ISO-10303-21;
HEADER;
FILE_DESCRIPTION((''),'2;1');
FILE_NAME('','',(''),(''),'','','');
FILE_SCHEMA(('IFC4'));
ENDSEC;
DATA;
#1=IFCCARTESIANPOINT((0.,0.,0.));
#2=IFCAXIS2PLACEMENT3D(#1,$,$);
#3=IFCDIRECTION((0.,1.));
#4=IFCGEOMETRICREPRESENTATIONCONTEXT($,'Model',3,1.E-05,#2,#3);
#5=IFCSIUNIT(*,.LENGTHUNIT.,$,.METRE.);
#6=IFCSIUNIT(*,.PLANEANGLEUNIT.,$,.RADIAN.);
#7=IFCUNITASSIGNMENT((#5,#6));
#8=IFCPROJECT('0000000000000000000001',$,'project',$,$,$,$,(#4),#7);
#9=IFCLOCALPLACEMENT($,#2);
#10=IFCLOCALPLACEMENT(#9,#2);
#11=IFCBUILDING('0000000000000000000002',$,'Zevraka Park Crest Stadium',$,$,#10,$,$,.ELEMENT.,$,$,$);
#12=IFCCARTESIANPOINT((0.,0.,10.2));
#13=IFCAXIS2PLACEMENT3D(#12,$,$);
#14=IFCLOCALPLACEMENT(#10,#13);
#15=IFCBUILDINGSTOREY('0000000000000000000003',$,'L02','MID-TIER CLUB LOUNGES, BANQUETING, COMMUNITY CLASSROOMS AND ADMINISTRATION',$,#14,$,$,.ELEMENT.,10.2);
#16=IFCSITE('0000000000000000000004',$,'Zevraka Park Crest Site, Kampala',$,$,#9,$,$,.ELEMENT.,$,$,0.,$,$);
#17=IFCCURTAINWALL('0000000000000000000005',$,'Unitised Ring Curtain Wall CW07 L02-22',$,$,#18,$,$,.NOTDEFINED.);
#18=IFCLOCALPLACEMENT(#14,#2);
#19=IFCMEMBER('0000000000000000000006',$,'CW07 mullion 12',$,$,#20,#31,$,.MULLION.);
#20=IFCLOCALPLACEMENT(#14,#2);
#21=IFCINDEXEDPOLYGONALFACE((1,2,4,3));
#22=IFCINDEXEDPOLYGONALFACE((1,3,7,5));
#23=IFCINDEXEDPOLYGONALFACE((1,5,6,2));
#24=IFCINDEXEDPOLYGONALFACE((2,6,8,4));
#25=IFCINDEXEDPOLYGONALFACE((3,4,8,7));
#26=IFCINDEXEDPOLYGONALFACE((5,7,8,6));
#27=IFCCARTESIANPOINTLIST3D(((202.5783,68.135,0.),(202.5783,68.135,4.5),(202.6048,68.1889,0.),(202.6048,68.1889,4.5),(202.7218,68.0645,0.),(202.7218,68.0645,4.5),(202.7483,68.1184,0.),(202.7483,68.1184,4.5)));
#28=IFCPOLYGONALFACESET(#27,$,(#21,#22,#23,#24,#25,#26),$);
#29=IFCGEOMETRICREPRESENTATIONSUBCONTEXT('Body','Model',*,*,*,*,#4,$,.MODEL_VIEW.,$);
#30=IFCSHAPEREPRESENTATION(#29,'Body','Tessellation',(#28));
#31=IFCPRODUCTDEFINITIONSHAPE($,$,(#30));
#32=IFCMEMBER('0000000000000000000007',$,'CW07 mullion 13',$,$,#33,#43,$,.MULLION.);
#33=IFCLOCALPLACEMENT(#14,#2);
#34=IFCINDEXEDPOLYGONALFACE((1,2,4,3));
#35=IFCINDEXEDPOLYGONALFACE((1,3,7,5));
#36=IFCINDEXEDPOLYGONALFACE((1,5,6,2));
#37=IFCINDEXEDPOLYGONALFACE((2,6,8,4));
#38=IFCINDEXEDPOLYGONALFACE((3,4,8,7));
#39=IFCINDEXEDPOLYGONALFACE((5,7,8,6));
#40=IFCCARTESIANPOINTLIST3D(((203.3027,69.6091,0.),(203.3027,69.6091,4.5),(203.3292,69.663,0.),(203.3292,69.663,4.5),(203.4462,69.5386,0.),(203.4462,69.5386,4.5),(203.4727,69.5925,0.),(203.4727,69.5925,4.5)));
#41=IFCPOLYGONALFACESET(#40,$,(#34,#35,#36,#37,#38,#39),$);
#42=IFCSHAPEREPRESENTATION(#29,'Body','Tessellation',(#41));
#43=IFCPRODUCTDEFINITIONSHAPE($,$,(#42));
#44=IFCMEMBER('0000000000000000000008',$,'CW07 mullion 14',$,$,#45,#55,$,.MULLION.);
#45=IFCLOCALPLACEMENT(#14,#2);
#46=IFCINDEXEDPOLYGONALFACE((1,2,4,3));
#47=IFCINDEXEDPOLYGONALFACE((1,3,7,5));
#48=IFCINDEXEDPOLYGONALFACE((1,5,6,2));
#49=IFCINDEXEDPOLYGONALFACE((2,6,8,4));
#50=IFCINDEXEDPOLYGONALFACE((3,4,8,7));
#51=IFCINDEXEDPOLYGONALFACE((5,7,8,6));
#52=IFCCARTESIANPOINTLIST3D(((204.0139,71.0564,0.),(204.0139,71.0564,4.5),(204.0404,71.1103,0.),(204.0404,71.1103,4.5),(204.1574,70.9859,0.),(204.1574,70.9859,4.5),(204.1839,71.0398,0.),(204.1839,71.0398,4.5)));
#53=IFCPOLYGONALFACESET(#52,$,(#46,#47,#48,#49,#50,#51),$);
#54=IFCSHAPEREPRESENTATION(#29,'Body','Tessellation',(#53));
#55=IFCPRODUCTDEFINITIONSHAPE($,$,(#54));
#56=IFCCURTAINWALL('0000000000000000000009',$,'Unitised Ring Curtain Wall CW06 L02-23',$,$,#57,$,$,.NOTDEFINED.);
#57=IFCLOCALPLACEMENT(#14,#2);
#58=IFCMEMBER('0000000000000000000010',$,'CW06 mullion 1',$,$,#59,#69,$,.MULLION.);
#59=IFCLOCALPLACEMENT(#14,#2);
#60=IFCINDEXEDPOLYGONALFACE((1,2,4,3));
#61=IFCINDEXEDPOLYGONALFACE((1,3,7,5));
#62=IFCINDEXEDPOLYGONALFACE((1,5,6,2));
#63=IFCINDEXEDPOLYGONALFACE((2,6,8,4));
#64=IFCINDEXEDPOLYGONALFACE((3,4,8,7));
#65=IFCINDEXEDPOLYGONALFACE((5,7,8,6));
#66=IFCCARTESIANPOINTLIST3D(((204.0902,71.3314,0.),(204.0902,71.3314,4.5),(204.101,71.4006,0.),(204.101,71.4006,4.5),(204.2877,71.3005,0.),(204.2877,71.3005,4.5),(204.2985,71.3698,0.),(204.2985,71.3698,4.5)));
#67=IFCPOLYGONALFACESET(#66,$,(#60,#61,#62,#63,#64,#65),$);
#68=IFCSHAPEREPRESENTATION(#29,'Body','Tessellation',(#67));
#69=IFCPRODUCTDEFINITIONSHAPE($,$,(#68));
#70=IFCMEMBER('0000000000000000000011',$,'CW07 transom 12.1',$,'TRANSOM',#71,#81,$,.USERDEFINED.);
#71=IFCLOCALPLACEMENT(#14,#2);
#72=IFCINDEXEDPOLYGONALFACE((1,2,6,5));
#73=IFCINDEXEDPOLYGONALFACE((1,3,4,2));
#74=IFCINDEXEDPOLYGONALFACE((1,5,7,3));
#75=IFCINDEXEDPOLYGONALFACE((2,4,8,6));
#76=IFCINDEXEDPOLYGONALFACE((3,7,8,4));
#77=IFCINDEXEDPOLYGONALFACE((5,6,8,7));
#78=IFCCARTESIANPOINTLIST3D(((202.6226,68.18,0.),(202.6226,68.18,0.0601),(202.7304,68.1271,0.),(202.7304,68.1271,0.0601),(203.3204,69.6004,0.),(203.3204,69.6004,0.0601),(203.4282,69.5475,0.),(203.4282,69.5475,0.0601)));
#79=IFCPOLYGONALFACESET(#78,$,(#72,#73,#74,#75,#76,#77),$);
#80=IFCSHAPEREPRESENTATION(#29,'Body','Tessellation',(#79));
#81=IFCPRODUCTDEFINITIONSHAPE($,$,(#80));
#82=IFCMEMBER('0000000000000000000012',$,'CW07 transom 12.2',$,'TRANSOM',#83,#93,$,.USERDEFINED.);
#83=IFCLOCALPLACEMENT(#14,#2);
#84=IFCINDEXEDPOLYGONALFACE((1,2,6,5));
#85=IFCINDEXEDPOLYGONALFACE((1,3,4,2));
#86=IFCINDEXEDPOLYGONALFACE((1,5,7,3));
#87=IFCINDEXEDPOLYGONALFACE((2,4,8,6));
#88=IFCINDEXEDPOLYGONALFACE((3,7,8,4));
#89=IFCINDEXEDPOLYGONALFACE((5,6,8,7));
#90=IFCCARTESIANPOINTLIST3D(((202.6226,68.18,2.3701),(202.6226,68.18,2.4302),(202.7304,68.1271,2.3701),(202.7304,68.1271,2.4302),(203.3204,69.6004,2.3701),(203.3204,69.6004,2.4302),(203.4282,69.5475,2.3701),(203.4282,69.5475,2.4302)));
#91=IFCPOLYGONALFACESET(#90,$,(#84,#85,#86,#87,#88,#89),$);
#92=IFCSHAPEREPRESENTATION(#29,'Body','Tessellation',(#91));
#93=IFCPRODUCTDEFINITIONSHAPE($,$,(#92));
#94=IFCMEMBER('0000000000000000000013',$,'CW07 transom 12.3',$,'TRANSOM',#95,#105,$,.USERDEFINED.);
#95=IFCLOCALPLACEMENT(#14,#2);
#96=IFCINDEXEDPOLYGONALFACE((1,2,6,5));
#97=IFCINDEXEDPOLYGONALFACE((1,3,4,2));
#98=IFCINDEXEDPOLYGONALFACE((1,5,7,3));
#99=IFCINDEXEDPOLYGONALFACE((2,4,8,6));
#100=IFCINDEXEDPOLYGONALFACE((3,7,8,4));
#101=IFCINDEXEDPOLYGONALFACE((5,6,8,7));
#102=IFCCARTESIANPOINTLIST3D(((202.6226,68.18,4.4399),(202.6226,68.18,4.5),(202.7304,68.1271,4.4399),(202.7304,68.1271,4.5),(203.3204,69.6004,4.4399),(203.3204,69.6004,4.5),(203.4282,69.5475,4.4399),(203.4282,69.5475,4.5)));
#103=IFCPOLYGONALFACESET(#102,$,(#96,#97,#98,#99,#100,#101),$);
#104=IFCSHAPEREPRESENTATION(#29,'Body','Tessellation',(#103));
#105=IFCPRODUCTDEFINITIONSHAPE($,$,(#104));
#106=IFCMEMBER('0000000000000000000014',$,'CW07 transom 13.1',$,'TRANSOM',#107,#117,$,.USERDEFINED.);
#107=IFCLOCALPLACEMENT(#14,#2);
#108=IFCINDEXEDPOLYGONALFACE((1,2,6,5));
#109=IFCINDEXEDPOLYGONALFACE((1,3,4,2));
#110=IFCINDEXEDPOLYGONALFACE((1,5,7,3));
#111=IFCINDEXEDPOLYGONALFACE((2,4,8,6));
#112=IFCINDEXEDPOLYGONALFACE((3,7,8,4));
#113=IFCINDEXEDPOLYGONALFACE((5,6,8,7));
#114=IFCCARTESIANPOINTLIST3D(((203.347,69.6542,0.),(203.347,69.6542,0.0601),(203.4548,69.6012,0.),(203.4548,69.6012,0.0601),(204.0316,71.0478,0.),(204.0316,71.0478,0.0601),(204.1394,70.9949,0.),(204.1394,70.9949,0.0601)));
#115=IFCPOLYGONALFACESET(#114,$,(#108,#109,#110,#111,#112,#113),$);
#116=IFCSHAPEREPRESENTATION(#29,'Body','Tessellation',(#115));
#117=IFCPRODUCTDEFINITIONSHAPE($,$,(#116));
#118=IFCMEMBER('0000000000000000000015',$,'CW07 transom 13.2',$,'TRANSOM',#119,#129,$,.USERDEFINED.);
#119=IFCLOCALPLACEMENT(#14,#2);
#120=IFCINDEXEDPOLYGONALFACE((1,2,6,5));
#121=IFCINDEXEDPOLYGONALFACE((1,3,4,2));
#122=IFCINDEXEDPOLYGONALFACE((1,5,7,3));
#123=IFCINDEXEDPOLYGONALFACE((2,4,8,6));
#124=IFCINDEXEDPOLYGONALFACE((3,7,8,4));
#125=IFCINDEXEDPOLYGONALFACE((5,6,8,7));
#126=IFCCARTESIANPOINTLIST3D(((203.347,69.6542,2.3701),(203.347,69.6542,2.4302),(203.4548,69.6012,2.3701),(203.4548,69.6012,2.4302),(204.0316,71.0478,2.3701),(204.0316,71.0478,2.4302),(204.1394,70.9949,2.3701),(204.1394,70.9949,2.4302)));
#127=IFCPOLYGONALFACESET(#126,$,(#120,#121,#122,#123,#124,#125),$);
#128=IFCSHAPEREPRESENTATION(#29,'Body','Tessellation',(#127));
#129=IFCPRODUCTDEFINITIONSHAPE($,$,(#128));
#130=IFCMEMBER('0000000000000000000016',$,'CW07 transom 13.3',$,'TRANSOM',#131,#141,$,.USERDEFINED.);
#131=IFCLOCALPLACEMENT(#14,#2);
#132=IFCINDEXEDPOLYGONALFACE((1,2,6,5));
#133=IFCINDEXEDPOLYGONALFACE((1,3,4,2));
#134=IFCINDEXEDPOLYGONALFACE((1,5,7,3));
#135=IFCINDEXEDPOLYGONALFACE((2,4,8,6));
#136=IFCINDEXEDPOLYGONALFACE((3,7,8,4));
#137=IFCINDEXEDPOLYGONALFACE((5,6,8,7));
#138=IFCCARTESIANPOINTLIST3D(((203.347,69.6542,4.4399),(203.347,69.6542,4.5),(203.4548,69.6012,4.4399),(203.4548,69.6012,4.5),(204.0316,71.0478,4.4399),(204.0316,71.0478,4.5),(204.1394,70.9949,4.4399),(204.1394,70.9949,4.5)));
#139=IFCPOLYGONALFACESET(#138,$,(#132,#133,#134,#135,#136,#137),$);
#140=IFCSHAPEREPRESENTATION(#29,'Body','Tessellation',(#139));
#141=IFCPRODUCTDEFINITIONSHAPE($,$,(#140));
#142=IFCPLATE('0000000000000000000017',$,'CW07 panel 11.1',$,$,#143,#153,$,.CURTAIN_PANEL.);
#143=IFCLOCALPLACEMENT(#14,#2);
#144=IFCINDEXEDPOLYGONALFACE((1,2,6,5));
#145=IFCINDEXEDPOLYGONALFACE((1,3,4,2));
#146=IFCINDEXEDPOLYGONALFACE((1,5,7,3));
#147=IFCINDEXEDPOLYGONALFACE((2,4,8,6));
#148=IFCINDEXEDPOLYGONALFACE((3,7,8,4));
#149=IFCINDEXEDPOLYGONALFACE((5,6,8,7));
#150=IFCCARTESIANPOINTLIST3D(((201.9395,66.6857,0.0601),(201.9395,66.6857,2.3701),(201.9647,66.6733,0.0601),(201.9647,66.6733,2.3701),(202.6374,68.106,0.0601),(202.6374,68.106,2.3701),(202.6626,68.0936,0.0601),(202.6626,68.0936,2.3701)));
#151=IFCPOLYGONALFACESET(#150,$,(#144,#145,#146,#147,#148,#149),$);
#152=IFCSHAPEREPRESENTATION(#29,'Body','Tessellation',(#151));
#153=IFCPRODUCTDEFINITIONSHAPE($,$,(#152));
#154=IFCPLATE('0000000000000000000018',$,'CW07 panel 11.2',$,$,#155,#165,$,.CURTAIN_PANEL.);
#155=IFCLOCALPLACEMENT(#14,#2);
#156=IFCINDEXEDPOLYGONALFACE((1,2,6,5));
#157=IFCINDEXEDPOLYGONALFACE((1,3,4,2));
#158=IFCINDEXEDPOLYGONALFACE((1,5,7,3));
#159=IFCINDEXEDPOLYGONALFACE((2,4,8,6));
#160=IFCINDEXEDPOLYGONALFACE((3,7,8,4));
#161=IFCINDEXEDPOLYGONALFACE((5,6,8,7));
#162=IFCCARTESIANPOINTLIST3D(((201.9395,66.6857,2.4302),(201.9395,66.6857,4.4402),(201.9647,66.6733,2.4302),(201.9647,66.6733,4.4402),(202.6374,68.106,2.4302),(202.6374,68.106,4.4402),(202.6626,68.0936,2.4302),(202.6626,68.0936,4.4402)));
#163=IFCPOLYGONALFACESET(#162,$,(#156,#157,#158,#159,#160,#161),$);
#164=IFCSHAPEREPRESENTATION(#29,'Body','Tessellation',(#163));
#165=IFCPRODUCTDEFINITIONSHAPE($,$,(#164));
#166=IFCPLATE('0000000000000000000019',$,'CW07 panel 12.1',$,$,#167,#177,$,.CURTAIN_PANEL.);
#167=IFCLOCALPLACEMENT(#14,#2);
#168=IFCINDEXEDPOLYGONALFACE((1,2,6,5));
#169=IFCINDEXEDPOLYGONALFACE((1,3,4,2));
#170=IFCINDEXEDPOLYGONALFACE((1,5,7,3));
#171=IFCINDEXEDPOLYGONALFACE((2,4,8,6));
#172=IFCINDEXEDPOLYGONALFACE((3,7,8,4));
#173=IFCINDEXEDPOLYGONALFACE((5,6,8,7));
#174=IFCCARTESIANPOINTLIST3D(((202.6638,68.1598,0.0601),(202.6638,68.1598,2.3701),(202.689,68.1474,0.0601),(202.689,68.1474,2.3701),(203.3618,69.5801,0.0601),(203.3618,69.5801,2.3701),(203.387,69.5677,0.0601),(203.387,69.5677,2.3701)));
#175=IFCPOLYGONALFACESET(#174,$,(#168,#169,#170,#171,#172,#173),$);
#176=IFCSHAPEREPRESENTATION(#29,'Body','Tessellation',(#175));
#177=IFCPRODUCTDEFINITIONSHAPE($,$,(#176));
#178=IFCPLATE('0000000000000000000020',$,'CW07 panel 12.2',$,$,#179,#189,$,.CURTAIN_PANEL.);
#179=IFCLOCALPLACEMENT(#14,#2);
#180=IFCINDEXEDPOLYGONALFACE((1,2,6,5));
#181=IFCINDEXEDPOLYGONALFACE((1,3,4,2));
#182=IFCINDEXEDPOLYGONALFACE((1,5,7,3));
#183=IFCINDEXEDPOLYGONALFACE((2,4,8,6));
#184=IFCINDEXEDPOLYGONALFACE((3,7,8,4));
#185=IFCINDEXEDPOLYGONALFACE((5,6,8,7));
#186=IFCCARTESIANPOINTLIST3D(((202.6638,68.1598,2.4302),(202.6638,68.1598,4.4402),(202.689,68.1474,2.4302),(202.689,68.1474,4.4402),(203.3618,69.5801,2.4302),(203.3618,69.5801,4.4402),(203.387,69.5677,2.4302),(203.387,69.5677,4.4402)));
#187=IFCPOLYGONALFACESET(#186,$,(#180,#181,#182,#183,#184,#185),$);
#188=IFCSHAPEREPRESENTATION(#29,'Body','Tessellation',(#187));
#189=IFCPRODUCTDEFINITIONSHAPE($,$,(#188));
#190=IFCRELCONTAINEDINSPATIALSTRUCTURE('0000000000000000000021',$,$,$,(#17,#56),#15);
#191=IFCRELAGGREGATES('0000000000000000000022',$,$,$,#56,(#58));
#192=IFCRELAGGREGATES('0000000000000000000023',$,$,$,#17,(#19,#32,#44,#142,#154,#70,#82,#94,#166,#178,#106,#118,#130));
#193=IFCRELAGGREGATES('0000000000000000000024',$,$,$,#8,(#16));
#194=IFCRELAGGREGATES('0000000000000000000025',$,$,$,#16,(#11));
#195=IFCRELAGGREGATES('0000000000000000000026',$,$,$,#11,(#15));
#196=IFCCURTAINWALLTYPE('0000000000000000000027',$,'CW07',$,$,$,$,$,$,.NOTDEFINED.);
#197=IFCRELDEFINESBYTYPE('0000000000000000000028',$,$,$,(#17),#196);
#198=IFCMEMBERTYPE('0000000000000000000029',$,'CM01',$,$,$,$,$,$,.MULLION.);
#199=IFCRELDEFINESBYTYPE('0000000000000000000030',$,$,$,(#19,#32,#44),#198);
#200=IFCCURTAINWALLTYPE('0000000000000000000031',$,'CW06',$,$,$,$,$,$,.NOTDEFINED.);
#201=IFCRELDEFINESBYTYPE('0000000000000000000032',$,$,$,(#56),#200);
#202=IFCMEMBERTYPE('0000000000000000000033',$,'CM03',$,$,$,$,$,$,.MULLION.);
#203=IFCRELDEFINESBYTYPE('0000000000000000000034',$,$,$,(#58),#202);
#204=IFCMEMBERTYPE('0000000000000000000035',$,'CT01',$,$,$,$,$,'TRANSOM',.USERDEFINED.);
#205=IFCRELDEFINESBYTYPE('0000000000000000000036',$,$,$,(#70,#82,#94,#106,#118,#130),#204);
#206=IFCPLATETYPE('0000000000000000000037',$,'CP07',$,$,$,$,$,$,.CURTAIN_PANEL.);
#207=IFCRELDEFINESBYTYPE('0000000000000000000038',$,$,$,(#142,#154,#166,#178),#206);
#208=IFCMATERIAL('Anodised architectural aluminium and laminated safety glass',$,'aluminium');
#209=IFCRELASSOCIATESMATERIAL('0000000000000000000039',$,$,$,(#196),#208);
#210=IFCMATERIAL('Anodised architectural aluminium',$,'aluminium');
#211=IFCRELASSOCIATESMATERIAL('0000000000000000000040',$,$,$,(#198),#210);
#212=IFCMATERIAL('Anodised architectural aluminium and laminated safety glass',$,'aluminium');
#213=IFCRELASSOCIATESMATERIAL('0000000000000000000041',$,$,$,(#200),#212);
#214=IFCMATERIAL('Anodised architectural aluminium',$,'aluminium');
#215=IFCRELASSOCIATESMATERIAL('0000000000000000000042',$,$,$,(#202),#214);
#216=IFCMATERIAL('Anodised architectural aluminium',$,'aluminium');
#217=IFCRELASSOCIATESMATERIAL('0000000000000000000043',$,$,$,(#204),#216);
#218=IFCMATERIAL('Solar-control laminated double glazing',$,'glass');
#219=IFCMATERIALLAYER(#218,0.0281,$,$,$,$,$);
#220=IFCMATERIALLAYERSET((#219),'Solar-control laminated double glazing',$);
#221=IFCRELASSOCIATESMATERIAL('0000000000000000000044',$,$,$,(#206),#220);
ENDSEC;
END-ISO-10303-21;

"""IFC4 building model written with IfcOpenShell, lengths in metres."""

from ifc_helpers import new_model, si_unit, direction, frame, origin, origin_2d, place, context, subcontext, project, spatial, rectangle, extrude, material, layer, layer_set, material_profile, profile_set, type_object, element, aggregate, save


model = new_model("IFC4")

# Units and contexts
model_context = context("Model", 3, precision=1e-05, world=origin(), true_north=direction((0.0, 1.0)))
body_context = subcontext(model_context, "Body", "Model", "MODEL_VIEW")
ifc_project = project(units=[si_unit("LENGTHUNIT", "METRE"), si_unit("PLANEANGLEUNIT", "RADIAN")], contexts=[model_context])

# Site, building, storey
site_placement = place(None, origin())
site = spatial("IfcSite", under=ifc_project, at=site_placement, Name="Zevraka Park Crest Site, Kampala", CompositionType="ELEMENT", RefElevation=0.0)
building_placement = place(site_placement, origin())
building = spatial("IfcBuilding", under=site, at=building_placement, Name="Zevraka Park Crest Stadium", CompositionType="ELEMENT")
storey_placement = place(building_placement, frame((0.0, 0.0, 10.2)))
storey = spatial("IfcBuildingStorey", under=building, at=storey_placement, Name="L02", Description="MID-TIER CLUB LOUNGES, BANQUETING, COMMUNITY CLASSROOMS AND ADMINISTRATION", CompositionType="ELEMENT", Elevation=10.2)

# Curtain wall, members
ifc_material_1 = material(Name="Anodised architectural aluminium and laminated safety glass", Category="aluminium")
curtain_wall_type_1 = type_object("IfcCurtainWallType", Name="CW07", PredefinedType="NOTDEFINED", material=ifc_material_1)
curtain_wall_1_placement = place(storey_placement, origin())
curtain_wall_1 = element("IfcCurtainWall", 1, at=curtain_wall_1_placement, inside=storey, type_object=curtain_wall_type_1, Name="Unitised Ring Curtain Wall CW07 L02-22", PredefinedType="NOTDEFINED")
ifc_material_2 = material(Name="Anodised architectural aluminium", Category="aluminium")
ifc_material_profile_1 = material_profile(ifc_material_2, rectangle(XDim=0.1599, YDim=0.0601, at=origin_2d()), Name="ALU MULLION 160x60")
ifc_profile_set_1 = profile_set([ifc_material_profile_1], Name="Anodised architectural aluminium")
member_type_1 = type_object("IfcMemberType", Name="CM01", PredefinedType="MULLION", material=ifc_profile_set_1)
member_1_placement = place(storey_placement, frame((202.6633, 68.1267, 0.0), z_axis=(0.0, 0.0, 1.0), x_axis=(-0.897497, 0.441021, 0.0)))
member_1 = element("IfcMember", 2, at=member_1_placement, type_object=member_type_1, Name="CW07 mullion 12", PredefinedType="MULLION", context=body_context, shape_type="SweptSolid", body=[
    extrude(rectangle(XDim=0.1599, YDim=0.0601, at=origin_2d()), origin(), (0.0, 0.0, 1.0), 4.5),
])
member_2_placement = place(storey_placement, frame((203.3877, 69.6008, 0.0), z_axis=(0.0, 0.0, 1.0), x_axis=(-0.897497, 0.441021, 0.0)))
member_2 = element("IfcMember", 3, at=member_2_placement, type_object=member_type_1, Name="CW07 mullion 13", PredefinedType="MULLION", context=body_context, shape_type="SweptSolid", body=[
    extrude(rectangle(XDim=0.1599, YDim=0.0601, at=origin_2d()), origin(), (0.0, 0.0, 1.0), 4.5),
])
member_3_placement = place(storey_placement, frame((204.0989, 71.0481, 0.0), z_axis=(0.0, 0.0, 1.0), x_axis=(-0.897497, 0.441021, 0.0)))
member_3 = element("IfcMember", 4, at=member_3_placement, type_object=member_type_1, Name="CW07 mullion 14", PredefinedType="MULLION", context=body_context, shape_type="SweptSolid", body=[
    extrude(rectangle(XDim=0.1599, YDim=0.0601, at=origin_2d()), origin(), (0.0, 0.0, 1.0), 4.5),
])

# Curtain wall, member
ifc_material_3 = material(Name="Anodised architectural aluminium and laminated safety glass", Category="aluminium")
curtain_wall_type_2 = type_object("IfcCurtainWallType", Name="CW06", PredefinedType="NOTDEFINED", material=ifc_material_3)
curtain_wall_2_placement = place(storey_placement, origin())
curtain_wall_2 = element("IfcCurtainWall", 5, at=curtain_wall_2_placement, inside=storey, type_object=curtain_wall_type_2, Name="Unitised Ring Curtain Wall CW06 L02-23", PredefinedType="NOTDEFINED")
ifc_material_4 = material(Name="Anodised architectural aluminium", Category="aluminium")
ifc_material_profile_2 = material_profile(ifc_material_4, rectangle(XDim=0.2, YDim=0.0701, at=origin_2d()), Name="ALU MULLION 200x70")
ifc_profile_set_2 = profile_set([ifc_material_profile_2], Name="Anodised architectural aluminium")
member_type_2 = type_object("IfcMemberType", Name="CM03", PredefinedType="MULLION", material=ifc_profile_set_2)
member_4_placement = place(storey_placement, frame((204.1943, 71.3506, 0.0), z_axis=(0.0, 0.0, 1.0), x_axis=(-0.988028, 0.154274, 0.0)))
member_4 = element("IfcMember", 6, at=member_4_placement, type_object=member_type_2, Name="CW06 mullion 1", PredefinedType="MULLION", context=body_context, shape_type="SweptSolid", body=[
    extrude(rectangle(XDim=0.2, YDim=0.0701, at=origin_2d()), origin(), (0.0, 0.0, 1.0), 4.5),
])
aggregate(curtain_wall_2, [member_4])

# Members
ifc_material_5 = material(Name="Anodised architectural aluminium", Category="aluminium")
ifc_material_profile_3 = material_profile(ifc_material_5, rectangle(XDim=0.1201, YDim=0.0601, at=origin_2d()), Name="ALU TRANSOM 120x60")
ifc_profile_set_3 = profile_set([ifc_material_profile_3], Name="Anodised architectural aluminium")
member_type_3 = type_object("IfcMemberType", Name="CT01", ElementType="TRANSOM", PredefinedType="USERDEFINED", material=ifc_profile_set_3)
member_5_placement = place(storey_placement, frame((202.6765, 68.1536, 0.03), z_axis=(0.440908, 0.897552, 0.0), x_axis=(-0.897552, 0.440908, 0.0)))
member_5 = element("IfcMember", 7, at=member_5_placement, type_object=member_type_3, Name="CW07 transom 12.1", ObjectType="TRANSOM", PredefinedType="USERDEFINED", context=body_context, shape_type="SweptSolid", body=[
    extrude(rectangle(XDim=0.1201, YDim=0.0601, at=origin_2d()), origin(), (0.0, 0.0, 1.0), 1.5825),
])
member_6_placement = place(storey_placement, frame((202.6765, 68.1536, 2.4001), z_axis=(0.440908, 0.897552, 0.0), x_axis=(-0.897552, 0.440908, 0.0)))
member_6 = element("IfcMember", 8, at=member_6_placement, type_object=member_type_3, Name="CW07 transom 12.2", ObjectType="TRANSOM", PredefinedType="USERDEFINED", context=body_context, shape_type="SweptSolid", body=[
    extrude(rectangle(XDim=0.1201, YDim=0.0601, at=origin_2d()), origin(), (0.0, 0.0, 1.0), 1.5825),
])
member_7_placement = place(storey_placement, frame((202.6765, 68.1536, 4.47), z_axis=(0.440908, 0.897552, 0.0), x_axis=(-0.897552, 0.440908, 0.0)))
member_7 = element("IfcMember", 9, at=member_7_placement, type_object=member_type_3, Name="CW07 transom 12.3", ObjectType="TRANSOM", PredefinedType="USERDEFINED", context=body_context, shape_type="SweptSolid", body=[
    extrude(rectangle(XDim=0.1201, YDim=0.0601, at=origin_2d()), origin(), (0.0, 0.0, 1.0), 1.5825),
])
member_8_placement = place(storey_placement, frame((203.4009, 69.6277, 0.03), z_axis=(0.440913, 0.89755, 0.0), x_axis=(-0.89755, 0.440913, 0.0)))
member_8 = element("IfcMember", 10, at=member_8_placement, type_object=member_type_3, Name="CW07 transom 13.1", ObjectType="TRANSOM", PredefinedType="USERDEFINED", context=body_context, shape_type="SweptSolid", body=[
    extrude(rectangle(XDim=0.1201, YDim=0.0601, at=origin_2d()), origin(), (0.0, 0.0, 1.0), 1.5527),
])
member_9_placement = place(storey_placement, frame((203.4009, 69.6277, 2.4001), z_axis=(0.440913, 0.89755, 0.0), x_axis=(-0.89755, 0.440913, 0.0)))
member_9 = element("IfcMember", 11, at=member_9_placement, type_object=member_type_3, Name="CW07 transom 13.2", ObjectType="TRANSOM", PredefinedType="USERDEFINED", context=body_context, shape_type="SweptSolid", body=[
    extrude(rectangle(XDim=0.1201, YDim=0.0601, at=origin_2d()), origin(), (0.0, 0.0, 1.0), 1.5527),
])
member_10_placement = place(storey_placement, frame((203.4009, 69.6277, 4.47), z_axis=(0.440913, 0.89755, 0.0), x_axis=(-0.89755, 0.440913, 0.0)))
member_10 = element("IfcMember", 12, at=member_10_placement, type_object=member_type_3, Name="CW07 transom 13.3", ObjectType="TRANSOM", PredefinedType="USERDEFINED", context=body_context, shape_type="SweptSolid", body=[
    extrude(rectangle(XDim=0.1201, YDim=0.0601, at=origin_2d()), origin(), (0.0, 0.0, 1.0), 1.5527),
])

# Plates
ifc_material_6 = material(Name="Solar-control laminated double glazing", Category="glass")
ifc_layer_1 = layer(ifc_material_6, 0.0281)
ifc_layer_set_1 = layer_set([ifc_layer_1], Name="Solar-control laminated double glazing")
plate_type = type_object("IfcPlateType", Name="CP07", PredefinedType="CURTAIN_PANEL", material=ifc_layer_set_1)
plate_1_placement = place(storey_placement, frame((202.301, 67.3896, 0.0601), z_axis=(0.0, 0.0, 1.0), x_axis=(0.441021, 0.897497, 0.0)))
plate_1 = element("IfcPlate", 13, at=plate_1_placement, type_object=plate_type, Name="CW07 panel 11.1", PredefinedType="CURTAIN_PANEL", context=body_context, shape_type="SweptSolid", body=[
    extrude(rectangle(XDim=1.5825, YDim=0.0281, at=origin_2d()), origin(), (0.0, 0.0, 1.0), 2.3101),
])
plate_2_placement = place(storey_placement, frame((202.301, 67.3896, 2.4302), z_axis=(0.0, 0.0, 1.0), x_axis=(0.441021, 0.897497, 0.0)))
plate_2 = element("IfcPlate", 14, at=plate_2_placement, type_object=plate_type, Name="CW07 panel 11.2", PredefinedType="CURTAIN_PANEL", context=body_context, shape_type="SweptSolid", body=[
    extrude(rectangle(XDim=1.5825, YDim=0.0281, at=origin_2d()), origin(), (0.0, 0.0, 1.0), 2.01),
])
plate_3_placement = place(storey_placement, frame((203.0254, 68.8638, 0.0601), z_axis=(0.0, 0.0, 1.0), x_axis=(0.441021, 0.897497, 0.0)))
plate_3 = element("IfcPlate", 15, at=plate_3_placement, type_object=plate_type, Name="CW07 panel 12.1", PredefinedType="CURTAIN_PANEL", context=body_context, shape_type="SweptSolid", body=[
    extrude(rectangle(XDim=1.5825, YDim=0.0281, at=origin_2d()), origin(), (0.0, 0.0, 1.0), 2.3101),
])
plate_4_placement = place(storey_placement, frame((203.0254, 68.8638, 2.4302), z_axis=(0.0, 0.0, 1.0), x_axis=(0.441021, 0.897497, 0.0)))
plate_4 = element("IfcPlate", 16, at=plate_4_placement, type_object=plate_type, Name="CW07 panel 12.2", PredefinedType="CURTAIN_PANEL", context=body_context, shape_type="SweptSolid", body=[
    extrude(rectangle(XDim=1.5825, YDim=0.0281, at=origin_2d()), origin(), (0.0, 0.0, 1.0), 2.01),
])
aggregate(curtain_wall_1, [member_1, member_2, member_3, plate_1, plate_2, member_5, member_6, member_7, plate_3, plate_4, member_8, member_9, member_10])

save(model, "model.ifc")
